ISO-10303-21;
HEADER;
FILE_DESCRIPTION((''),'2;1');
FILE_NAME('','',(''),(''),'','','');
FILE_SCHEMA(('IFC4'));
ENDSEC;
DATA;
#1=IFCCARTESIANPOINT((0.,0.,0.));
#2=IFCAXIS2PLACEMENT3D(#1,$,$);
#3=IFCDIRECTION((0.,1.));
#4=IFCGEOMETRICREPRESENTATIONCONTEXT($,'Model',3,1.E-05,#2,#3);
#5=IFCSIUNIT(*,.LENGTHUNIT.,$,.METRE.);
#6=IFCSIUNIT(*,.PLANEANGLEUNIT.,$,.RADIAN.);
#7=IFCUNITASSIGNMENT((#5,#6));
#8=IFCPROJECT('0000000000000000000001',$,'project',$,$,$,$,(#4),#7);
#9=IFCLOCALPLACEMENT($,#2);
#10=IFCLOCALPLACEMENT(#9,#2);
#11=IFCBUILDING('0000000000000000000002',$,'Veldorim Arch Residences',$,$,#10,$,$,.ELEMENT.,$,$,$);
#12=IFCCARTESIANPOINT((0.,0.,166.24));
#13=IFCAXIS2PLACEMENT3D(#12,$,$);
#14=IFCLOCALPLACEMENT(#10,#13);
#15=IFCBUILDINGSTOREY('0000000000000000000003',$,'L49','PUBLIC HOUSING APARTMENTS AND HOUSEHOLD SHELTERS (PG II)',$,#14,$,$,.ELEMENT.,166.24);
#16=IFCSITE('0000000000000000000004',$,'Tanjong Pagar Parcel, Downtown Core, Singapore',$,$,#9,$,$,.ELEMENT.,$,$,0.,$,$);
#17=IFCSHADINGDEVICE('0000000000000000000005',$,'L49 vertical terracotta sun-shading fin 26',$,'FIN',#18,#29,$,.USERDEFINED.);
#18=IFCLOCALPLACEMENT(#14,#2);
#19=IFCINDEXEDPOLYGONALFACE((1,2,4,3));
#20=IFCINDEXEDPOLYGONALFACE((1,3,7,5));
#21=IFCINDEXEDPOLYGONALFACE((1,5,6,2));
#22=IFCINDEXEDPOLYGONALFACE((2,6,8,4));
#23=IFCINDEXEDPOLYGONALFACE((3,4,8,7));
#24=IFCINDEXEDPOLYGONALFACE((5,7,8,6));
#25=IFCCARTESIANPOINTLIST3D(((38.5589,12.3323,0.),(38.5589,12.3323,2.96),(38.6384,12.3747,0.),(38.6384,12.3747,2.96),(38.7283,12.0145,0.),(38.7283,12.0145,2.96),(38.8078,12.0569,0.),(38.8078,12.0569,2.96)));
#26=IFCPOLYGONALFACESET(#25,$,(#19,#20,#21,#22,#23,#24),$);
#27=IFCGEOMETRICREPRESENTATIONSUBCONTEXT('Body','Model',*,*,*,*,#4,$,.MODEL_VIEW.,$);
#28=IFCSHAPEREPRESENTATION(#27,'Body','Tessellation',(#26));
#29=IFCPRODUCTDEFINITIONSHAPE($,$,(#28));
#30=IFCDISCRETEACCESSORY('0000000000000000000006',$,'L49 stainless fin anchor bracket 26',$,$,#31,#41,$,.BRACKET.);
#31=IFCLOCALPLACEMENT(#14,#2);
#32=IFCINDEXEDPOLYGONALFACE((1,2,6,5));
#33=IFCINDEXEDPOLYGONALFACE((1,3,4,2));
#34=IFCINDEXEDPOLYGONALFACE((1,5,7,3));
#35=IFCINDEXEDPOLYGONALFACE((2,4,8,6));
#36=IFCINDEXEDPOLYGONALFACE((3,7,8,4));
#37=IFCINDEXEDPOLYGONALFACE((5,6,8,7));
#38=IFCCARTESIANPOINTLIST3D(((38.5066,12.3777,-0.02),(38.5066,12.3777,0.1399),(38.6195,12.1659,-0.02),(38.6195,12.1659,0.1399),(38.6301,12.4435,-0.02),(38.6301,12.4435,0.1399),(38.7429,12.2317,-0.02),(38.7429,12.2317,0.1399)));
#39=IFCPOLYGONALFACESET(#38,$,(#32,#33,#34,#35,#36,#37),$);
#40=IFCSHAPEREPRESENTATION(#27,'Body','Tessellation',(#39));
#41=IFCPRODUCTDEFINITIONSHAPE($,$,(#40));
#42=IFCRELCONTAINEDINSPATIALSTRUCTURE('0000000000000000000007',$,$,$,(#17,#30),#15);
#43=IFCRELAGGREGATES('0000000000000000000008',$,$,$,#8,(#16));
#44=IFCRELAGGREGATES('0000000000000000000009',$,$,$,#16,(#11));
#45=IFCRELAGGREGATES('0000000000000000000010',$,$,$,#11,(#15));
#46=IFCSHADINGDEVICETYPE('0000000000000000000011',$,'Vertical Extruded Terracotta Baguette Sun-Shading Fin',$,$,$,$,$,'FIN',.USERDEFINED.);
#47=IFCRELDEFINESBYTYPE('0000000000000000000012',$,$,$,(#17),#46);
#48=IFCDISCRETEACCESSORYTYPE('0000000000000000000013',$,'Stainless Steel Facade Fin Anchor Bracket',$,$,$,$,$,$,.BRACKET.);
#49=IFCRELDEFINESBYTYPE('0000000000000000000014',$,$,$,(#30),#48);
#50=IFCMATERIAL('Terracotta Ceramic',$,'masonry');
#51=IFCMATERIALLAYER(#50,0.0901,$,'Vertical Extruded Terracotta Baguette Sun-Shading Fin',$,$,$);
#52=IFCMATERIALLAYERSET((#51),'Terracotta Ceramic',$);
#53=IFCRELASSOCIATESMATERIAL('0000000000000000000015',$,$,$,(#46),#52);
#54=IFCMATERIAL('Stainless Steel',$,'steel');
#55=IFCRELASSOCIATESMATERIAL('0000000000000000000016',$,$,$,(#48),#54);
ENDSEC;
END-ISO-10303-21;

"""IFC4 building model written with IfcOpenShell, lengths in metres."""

from ifc_helpers import new_model, si_unit, direction, frame, origin, origin_2d, place, context, subcontext, project, spatial, rectangle, extrude, material, layer, layer_set, type_object, element, save


model = new_model("IFC4")

# Units and contexts
model_context = context("Model", 3, precision=1e-05, world=origin(), true_north=direction((0.0, 1.0)))
body_context = subcontext(model_context, "Body", "Model", "MODEL_VIEW")
ifc_project = project(units=[si_unit("LENGTHUNIT", "METRE"), si_unit("PLANEANGLEUNIT", "RADIAN")], contexts=[model_context])

# Site, building, storey
site_placement = place(None, origin())
site = spatial("IfcSite", under=ifc_project, at=site_placement, Name="Tanjong Pagar Parcel, Downtown Core, Singapore", CompositionType="ELEMENT", RefElevation=0.0)
building_placement = place(site_placement, origin())
building = spatial("IfcBuilding", under=site, at=building_placement, Name="Veldorim Arch Residences", CompositionType="ELEMENT")
storey_placement = place(building_placement, frame((0.0, 0.0, 166.24)))
storey = spatial("IfcBuildingStorey", under=building, at=storey_placement, Name="L49", Description="PUBLIC HOUSING APARTMENTS AND HOUSEHOLD SHELTERS (PG II)", CompositionType="ELEMENT", Elevation=166.24)

# Shading device
ifc_material_1 = material(Name="Terracotta Ceramic", Category="masonry")
ifc_layer_1 = layer(ifc_material_1, 0.0901, Name="Vertical Extruded Terracotta Baguette Sun-Shading Fin")
ifc_layer_set_1 = layer_set([ifc_layer_1], Name="Terracotta Ceramic")
shading_device_type = type_object("IfcShadingDeviceType", Name="Vertical Extruded Terracotta Baguette Sun-Shading Fin", ElementType="FIN", PredefinedType="USERDEFINED", material=ifc_layer_set_1)
shading_device_placement = place(storey_placement, frame((38.6833, 12.1946, 0.0), z_axis=(0.0, 0.0, 1.0), x_axis=(-0.882538, -0.470242, 0.0)))
element("IfcShadingDevice", 1, at=shading_device_placement, inside=storey, type_object=shading_device_type, Name="L49 vertical terracotta sun-shading fin 26", ObjectType="FIN", PredefinedType="USERDEFINED", context=body_context, shape_type="SweptSolid", body=[
    extrude(rectangle(XDim=0.0901, YDim=0.3601, at=origin_2d()), origin(), (0.0, 0.0, 1.0), 2.96),
])

# Discrete accessory
ifc_material_2 = material(Name="Stainless Steel", Category="steel")
discrete_accessory_type = type_object("IfcDiscreteAccessoryType", Name="Stainless Steel Facade Fin Anchor Bracket", PredefinedType="BRACKET", material=ifc_material_2)
discrete_accessory_placement = place(storey_placement, frame((38.6248, 12.3047, -0.02), z_axis=(0.0, 0.0, 1.0), x_axis=(-0.882538, -0.470242, 0.0)))
element("IfcDiscreteAccessory", 2, at=discrete_accessory_placement, inside=storey, type_object=discrete_accessory_type, Name="L49 stainless fin anchor bracket 26", PredefinedType="BRACKET", context=body_context, shape_type="SweptSolid", body=[
    extrude(rectangle(XDim=0.1399, YDim=0.24, at=origin_2d()), origin(), (0.0, 0.0, 1.0), 0.1599),
])

save(model, "model.ifc")
